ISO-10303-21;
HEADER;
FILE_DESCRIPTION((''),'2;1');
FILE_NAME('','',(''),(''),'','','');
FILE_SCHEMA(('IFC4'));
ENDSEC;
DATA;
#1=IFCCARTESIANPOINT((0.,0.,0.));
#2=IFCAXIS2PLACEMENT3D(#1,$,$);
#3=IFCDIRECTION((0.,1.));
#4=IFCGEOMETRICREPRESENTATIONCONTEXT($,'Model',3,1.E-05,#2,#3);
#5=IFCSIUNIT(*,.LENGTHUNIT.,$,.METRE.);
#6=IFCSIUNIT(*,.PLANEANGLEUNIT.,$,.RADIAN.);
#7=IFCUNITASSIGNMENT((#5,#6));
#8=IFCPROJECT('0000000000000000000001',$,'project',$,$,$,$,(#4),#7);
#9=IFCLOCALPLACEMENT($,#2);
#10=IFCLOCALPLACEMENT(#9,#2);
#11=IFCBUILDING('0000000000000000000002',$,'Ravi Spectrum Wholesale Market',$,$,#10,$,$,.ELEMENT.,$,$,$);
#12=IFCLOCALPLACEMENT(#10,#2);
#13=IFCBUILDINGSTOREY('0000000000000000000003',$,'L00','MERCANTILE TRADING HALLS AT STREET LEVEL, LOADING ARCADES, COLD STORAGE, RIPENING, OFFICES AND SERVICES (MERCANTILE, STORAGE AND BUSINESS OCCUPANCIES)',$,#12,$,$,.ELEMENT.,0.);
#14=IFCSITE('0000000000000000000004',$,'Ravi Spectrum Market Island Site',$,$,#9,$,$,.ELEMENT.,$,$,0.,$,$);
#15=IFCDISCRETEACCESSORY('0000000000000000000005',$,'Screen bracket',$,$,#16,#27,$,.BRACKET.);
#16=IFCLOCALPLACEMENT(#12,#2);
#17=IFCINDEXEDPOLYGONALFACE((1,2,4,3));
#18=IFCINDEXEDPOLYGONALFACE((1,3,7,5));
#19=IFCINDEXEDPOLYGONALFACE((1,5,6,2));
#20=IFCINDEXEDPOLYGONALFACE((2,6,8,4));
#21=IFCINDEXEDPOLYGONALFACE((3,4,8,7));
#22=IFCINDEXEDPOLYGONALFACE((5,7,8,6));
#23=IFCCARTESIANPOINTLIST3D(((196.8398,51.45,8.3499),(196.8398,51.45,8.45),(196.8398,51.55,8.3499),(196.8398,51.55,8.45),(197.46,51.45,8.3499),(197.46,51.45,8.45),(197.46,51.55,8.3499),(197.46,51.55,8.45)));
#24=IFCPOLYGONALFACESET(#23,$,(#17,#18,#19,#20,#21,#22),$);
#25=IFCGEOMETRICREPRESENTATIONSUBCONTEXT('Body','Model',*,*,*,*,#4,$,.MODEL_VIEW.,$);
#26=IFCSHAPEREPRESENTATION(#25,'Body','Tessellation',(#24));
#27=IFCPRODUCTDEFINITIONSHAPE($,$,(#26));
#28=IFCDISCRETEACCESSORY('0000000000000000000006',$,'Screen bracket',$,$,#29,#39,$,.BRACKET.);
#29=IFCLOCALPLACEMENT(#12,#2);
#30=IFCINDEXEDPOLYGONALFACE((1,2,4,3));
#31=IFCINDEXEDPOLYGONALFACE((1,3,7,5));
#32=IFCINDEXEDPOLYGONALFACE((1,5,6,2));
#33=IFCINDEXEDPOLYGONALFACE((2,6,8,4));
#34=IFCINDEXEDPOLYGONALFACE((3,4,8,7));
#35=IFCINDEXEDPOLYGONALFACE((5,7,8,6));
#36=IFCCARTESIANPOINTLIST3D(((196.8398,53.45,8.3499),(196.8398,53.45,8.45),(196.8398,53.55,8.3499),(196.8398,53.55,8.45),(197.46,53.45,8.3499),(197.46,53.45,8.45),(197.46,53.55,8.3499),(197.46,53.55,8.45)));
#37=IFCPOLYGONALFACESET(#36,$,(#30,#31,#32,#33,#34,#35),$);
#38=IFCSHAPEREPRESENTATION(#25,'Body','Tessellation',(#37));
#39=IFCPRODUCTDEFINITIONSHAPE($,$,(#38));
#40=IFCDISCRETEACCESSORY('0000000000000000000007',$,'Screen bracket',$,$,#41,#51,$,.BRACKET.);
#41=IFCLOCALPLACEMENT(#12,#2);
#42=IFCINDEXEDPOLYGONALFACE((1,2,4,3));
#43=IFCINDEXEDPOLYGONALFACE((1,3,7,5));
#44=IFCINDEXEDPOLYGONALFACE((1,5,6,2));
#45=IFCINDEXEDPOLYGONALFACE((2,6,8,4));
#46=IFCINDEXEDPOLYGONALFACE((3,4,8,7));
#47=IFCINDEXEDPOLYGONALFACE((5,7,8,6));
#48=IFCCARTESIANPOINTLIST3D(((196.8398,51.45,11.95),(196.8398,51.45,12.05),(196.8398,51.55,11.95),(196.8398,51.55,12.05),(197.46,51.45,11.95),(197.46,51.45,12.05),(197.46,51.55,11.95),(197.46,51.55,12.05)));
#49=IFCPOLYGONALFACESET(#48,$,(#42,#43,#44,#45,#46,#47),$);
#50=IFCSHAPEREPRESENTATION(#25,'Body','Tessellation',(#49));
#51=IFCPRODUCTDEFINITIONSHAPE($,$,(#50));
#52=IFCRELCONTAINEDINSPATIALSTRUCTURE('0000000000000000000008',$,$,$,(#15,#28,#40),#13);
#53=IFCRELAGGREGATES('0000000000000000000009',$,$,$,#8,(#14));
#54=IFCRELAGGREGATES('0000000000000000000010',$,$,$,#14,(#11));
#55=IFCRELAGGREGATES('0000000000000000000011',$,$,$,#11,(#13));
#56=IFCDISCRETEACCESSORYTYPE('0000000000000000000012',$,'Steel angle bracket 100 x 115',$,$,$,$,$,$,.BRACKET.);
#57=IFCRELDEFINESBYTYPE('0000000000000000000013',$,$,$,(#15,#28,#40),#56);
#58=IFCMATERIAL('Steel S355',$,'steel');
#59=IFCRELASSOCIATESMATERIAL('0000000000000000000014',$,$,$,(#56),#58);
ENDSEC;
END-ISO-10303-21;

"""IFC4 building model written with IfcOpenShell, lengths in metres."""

from ifc_helpers import new_model, si_unit, direction, frame, origin, origin_2d, place, context, subcontext, project, spatial, rectangle, extrude, material, type_object, element, save


model = new_model("IFC4")

# Units and contexts
model_context = context("Model", 3, precision=1e-05, world=origin(), true_north=direction((0.0, 1.0)))
body_context = subcontext(model_context, "Body", "Model", "MODEL_VIEW")
ifc_project = project(units=[si_unit("LENGTHUNIT", "METRE"), si_unit("PLANEANGLEUNIT", "RADIAN")], contexts=[model_context])

# Site, building, storey
site_placement = place(None, origin())
site = spatial("IfcSite", under=ifc_project, at=site_placement, Name="Ravi Spectrum Market Island Site", CompositionType="ELEMENT", RefElevation=0.0)
building_placement = place(site_placement, origin())
building = spatial("IfcBuilding", under=site, at=building_placement, Name="Ravi Spectrum Wholesale Market", CompositionType="ELEMENT")
storey_placement = place(building_placement, origin())
storey = spatial("IfcBuildingStorey", under=building, at=storey_placement, Name="L00", Description="MERCANTILE TRADING HALLS AT STREET LEVEL, LOADING ARCADES, COLD STORAGE, RIPENING, OFFICES AND SERVICES (MERCANTILE, STORAGE AND BUSINESS OCCUPANCIES)", CompositionType="ELEMENT", Elevation=0.0)

# Discrete accessories
ifc_material_1 = material(Name="Steel S355", Category="steel")
discrete_accessory_type = type_object("IfcDiscreteAccessoryType", Name="Steel angle bracket 100 x 115", PredefinedType="BRACKET", material=ifc_material_1)
for number, where, z_axis, x_axis, name in (
    (1, (197.1499, 51.5, 8.3499), (0.0, 0.0, 1.0), (1.0, 0.0, 0.0), "Screen bracket"),
    (2, (197.1499, 53.5, 8.3499), (0.0, 0.0, 1.0), (1.0, 0.0, 0.0), "Screen bracket"),
    (3, (197.1499, 51.5, 11.95), (0.0, 0.0, 1.0), (1.0, 0.0, 0.0), "Screen bracket"),
):
    element("IfcDiscreteAccessory", number, at=place(storey_placement, frame(where, z_axis=z_axis, x_axis=x_axis)), inside=storey, type_object=discrete_accessory_type, Name=name, PredefinedType="BRACKET", context=body_context, shape_type="SweptSolid", body=[
        extrude(rectangle(XDim=0.6201, YDim=0.1001, at=origin_2d()), origin(), (0.0, 0.0, 1.0), 0.1001),
    ])

save(model, "model.ifc")
